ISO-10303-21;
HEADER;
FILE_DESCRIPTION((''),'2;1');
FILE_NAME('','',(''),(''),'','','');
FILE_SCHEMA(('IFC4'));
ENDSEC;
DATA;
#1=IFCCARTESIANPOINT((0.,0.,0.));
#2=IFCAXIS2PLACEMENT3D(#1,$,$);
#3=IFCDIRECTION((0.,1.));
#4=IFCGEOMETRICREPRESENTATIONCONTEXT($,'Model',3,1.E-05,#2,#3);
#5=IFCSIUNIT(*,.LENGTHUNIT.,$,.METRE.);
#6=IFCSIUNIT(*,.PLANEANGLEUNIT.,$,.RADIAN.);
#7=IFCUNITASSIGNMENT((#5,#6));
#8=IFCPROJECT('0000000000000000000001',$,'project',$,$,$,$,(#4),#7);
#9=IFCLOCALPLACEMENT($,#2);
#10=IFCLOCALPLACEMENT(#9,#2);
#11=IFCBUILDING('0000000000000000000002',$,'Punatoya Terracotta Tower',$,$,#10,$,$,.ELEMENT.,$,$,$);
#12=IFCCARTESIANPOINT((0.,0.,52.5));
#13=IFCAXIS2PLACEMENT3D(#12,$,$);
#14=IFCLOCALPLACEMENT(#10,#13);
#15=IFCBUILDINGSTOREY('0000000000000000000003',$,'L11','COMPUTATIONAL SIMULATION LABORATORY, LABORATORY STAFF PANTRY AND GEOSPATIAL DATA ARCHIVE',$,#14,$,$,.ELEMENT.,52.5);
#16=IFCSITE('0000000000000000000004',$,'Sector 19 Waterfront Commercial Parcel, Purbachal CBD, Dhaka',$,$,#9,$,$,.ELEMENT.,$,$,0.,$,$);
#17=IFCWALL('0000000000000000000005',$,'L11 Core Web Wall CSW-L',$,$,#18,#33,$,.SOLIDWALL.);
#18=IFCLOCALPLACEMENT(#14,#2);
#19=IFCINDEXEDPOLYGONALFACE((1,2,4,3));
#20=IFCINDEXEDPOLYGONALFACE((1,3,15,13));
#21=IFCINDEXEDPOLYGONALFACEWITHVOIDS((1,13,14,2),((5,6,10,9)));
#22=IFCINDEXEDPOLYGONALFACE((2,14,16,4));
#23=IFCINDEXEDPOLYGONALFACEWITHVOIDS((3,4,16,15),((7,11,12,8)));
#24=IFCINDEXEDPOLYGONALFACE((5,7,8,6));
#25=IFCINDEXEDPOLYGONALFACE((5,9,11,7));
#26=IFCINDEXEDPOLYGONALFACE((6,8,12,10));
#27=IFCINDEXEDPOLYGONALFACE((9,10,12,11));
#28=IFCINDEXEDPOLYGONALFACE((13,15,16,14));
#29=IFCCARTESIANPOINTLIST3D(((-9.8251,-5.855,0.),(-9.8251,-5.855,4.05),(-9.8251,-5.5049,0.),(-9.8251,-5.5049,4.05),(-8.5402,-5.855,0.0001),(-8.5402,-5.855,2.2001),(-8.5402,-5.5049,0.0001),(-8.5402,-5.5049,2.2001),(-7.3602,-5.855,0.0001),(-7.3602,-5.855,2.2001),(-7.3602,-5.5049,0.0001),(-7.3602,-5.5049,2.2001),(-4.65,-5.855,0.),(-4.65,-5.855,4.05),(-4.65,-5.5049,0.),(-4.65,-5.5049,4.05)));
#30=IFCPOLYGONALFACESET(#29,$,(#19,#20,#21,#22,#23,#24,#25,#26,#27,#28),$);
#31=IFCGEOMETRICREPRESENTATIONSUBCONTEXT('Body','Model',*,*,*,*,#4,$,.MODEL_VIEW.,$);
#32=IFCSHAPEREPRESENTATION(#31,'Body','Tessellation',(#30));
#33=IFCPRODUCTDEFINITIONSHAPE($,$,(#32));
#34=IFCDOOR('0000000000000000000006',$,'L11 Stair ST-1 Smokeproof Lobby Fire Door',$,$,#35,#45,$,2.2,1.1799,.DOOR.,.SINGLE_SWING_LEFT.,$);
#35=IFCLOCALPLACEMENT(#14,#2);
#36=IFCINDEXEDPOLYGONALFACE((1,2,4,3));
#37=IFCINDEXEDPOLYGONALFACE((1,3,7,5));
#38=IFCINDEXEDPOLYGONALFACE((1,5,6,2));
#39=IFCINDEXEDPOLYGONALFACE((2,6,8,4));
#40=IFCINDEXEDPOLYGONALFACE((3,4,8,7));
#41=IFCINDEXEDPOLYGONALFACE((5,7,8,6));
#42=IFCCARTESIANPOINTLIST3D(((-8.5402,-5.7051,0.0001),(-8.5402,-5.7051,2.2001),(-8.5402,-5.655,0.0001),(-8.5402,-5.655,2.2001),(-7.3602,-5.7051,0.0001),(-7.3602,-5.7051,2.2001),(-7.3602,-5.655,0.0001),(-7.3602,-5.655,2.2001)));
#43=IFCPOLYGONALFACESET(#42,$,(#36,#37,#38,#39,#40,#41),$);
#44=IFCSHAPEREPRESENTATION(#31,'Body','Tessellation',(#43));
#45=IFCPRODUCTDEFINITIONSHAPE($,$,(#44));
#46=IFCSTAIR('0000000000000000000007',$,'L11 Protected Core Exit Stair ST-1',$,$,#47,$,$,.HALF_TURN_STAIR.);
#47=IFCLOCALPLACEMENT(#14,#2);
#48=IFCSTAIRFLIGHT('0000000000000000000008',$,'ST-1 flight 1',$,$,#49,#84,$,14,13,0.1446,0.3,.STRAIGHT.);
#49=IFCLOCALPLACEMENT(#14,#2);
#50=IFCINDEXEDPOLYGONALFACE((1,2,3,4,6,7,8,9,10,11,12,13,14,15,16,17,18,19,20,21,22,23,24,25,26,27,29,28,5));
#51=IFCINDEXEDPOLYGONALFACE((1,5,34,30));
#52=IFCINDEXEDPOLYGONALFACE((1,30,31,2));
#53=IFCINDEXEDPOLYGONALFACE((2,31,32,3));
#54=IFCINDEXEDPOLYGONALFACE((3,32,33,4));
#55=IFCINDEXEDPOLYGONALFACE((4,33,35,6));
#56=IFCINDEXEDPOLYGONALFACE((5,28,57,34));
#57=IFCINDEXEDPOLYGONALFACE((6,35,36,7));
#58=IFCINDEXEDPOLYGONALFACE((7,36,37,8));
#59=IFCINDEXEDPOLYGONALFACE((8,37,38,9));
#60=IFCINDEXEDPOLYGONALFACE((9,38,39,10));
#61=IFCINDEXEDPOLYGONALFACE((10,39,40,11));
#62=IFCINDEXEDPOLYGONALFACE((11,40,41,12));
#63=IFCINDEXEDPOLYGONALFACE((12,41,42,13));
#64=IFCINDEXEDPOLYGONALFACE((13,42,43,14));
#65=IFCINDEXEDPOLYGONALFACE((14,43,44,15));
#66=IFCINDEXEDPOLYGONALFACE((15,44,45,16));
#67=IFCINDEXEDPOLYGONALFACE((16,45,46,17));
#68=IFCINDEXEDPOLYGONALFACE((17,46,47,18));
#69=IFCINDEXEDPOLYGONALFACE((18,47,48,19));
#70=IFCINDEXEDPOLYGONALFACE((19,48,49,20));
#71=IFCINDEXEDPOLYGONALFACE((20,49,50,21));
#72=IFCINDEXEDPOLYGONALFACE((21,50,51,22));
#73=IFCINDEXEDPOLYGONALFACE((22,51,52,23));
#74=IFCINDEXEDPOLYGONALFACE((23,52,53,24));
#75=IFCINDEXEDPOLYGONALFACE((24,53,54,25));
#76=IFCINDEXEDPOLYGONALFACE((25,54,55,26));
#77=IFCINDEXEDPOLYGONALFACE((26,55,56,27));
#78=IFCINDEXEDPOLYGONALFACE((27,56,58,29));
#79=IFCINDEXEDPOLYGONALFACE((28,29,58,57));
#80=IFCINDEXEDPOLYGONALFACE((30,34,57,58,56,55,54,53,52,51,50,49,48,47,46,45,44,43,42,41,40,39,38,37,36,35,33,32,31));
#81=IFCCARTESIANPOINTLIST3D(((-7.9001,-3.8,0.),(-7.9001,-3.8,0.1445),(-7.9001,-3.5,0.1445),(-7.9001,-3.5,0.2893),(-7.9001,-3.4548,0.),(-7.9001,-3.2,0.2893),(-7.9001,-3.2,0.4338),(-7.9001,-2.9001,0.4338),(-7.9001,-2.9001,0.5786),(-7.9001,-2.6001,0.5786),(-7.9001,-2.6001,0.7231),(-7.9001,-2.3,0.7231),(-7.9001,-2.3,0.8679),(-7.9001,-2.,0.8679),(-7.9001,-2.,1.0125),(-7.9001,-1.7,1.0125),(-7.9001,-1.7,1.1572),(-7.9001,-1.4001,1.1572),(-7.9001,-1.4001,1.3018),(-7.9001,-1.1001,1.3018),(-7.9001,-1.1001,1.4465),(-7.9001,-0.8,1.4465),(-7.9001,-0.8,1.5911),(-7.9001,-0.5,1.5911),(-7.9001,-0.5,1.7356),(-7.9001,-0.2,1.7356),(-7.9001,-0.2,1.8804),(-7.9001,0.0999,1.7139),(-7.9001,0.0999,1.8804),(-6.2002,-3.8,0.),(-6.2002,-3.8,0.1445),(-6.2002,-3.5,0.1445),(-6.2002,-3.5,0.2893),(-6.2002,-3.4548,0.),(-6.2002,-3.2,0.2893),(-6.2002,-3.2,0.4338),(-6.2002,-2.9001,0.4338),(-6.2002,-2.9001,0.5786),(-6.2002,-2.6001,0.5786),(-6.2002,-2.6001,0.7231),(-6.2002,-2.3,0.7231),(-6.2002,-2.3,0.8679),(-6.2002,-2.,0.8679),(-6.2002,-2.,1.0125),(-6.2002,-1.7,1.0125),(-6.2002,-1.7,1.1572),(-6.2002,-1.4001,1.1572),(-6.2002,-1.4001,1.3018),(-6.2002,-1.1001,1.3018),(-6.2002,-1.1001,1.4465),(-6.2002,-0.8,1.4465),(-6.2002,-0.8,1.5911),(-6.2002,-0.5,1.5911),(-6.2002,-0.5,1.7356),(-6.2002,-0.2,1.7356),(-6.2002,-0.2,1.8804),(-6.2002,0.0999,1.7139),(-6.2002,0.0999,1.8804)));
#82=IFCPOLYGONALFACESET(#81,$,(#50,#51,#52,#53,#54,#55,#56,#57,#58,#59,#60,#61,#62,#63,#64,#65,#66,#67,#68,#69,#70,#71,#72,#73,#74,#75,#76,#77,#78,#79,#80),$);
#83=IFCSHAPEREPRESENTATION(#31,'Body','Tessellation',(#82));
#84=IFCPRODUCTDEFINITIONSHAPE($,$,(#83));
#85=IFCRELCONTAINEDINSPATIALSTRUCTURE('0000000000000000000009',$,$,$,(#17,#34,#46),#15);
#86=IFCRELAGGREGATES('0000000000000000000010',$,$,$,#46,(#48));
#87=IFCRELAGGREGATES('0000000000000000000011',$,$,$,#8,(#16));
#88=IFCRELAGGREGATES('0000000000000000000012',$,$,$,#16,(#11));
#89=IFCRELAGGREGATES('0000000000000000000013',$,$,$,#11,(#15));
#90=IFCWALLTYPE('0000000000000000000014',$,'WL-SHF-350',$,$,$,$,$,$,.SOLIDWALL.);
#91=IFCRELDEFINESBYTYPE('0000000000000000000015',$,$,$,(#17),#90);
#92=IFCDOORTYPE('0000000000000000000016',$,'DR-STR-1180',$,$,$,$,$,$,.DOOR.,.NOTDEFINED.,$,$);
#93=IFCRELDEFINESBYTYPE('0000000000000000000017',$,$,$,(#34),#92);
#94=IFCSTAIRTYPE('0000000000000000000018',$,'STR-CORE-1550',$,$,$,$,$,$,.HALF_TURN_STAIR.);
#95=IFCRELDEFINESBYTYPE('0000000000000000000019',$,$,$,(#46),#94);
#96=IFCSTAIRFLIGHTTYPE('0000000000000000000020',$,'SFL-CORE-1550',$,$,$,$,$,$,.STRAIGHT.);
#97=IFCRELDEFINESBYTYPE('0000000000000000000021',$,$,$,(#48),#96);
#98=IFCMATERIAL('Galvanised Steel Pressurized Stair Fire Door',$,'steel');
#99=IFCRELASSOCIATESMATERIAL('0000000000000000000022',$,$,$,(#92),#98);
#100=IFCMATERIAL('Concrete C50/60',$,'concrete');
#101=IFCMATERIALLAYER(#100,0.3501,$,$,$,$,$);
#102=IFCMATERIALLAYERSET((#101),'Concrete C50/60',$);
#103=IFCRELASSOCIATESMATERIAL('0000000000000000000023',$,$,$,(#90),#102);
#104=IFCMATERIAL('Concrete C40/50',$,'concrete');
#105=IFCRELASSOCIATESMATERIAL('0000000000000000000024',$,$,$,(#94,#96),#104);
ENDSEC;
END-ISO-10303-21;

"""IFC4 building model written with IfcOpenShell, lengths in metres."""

from ifc_helpers import new_model, si_unit, direction, frame, frame_2d, origin, place, context, subcontext, project, spatial, polyline, rectangle, outline, extrude, material, layer, layer_set, type_object, element, fill, aggregate, save


model = new_model("IFC4")

# Units and contexts
model_context = context("Model", 3, precision=1e-05, world=origin(), true_north=direction((0.0, 1.0)))
body_context = subcontext(model_context, "Body", "Model", "MODEL_VIEW")
ifc_project = project(units=[si_unit("LENGTHUNIT", "METRE"), si_unit("PLANEANGLEUNIT", "RADIAN")], contexts=[model_context])

# Site, building, storey
site_placement = place(None, origin())
site = spatial("IfcSite", under=ifc_project, at=site_placement, Name="Sector 19 Waterfront Commercial Parcel, Purbachal CBD, Dhaka", CompositionType="ELEMENT", RefElevation=0.0)
building_placement = place(site_placement, origin())
building = spatial("IfcBuilding", under=site, at=building_placement, Name="Punatoya Terracotta Tower", CompositionType="ELEMENT")
storey_placement = place(building_placement, frame((0.0, 0.0, 52.5)))
storey = spatial("IfcBuildingStorey", under=building, at=storey_placement, Name="L11", Description="COMPUTATIONAL SIMULATION LABORATORY, LABORATORY STAFF PANTRY AND GEOSPATIAL DATA ARCHIVE", CompositionType="ELEMENT", Elevation=52.5)

# Shared definitions
ifc_material_1 = material(Name="Galvanised Steel Pressurized Stair Fire Door", Category="steel")
door_type_1 = type_object("IfcDoorType", Name="DR-STR-1180", OperationType="NOTDEFINED", PredefinedType="DOOR", material=ifc_material_1)

# Shared definitions
ifc_material_2 = material(Name="Concrete C40/50", Category="concrete")

# Wall, opening, door
ifc_material_3 = material(Name="Concrete C50/60", Category="concrete")
ifc_layer_1 = layer(ifc_material_3, 0.3501)
ifc_layer_set_1 = layer_set([ifc_layer_1], Name="Concrete C50/60")
wall_type_1 = type_object("IfcWallType", Name="WL-SHF-350", PredefinedType="SOLIDWALL", material=ifc_layer_set_1)
wall_1_placement = place(storey_placement, frame((-9.825, -5.6799, 0.0), z_axis=(0.0, 0.0, 1.0), x_axis=(1.0, 0.0, 0.0)))
wall_1 = element("IfcWall", 1, at=wall_1_placement, inside=storey, type_object=wall_type_1, Name="L11 Core Web Wall CSW-L", PredefinedType="SOLIDWALL", context=body_context, shape_type="SweptSolid", body=[
    extrude(rectangle(XDim=5.175, YDim=0.3501, at=frame_2d((2.5874, 0.0))), origin(), (0.0, 0.0, 1.0), 4.05),
])
opening_1_placement = place(wall_1_placement, frame((1.2849, 0.0, 0.0)))
opening_1 = element("IfcOpeningElement", 2, at=opening_1_placement, cuts=wall_1, PredefinedType="OPENING", context=body_context, shape_type="SweptSolid", body=[
    extrude(rectangle(XDim=1.1799, YDim=2.2, at=frame_2d((0.5898, 1.1001))), frame((0.0, 0.1851, 0.0), z_axis=(0.0, -1.0, 0.0), x_axis=(1.0, 0.0, 0.0)), (0.0, 0.0, 1.0), 0.3701),
])
door_1_placement = place(opening_1_placement, origin())
door_1 = element("IfcDoor", 3, at=door_1_placement, inside=storey, type_object=door_type_1, Name="L11 Stair ST-1 Smokeproof Lobby Fire Door", OperationType="SINGLE_SWING_LEFT", OverallHeight=2.2, OverallWidth=1.1799, PredefinedType="DOOR", context=body_context, shape_type="SweptSolid", body=[
    extrude(rectangle(XDim=1.1799, YDim=2.2, at=frame_2d((0.5898, 1.1001))), frame((0.0, 0.0249, 0.0), z_axis=(0.0, -1.0, 0.0), x_axis=(1.0, 0.0, 0.0)), (0.0, 0.0, 1.0), 0.05),
])
fill(opening_1, door_1)

# Stair, stair flight
stair_type = type_object("IfcStairType", Name="STR-CORE-1550", PredefinedType="HALF_TURN_STAIR", material=ifc_material_2)
stair_placement = place(storey_placement, origin())
stair = element("IfcStair", 4, at=stair_placement, inside=storey, type_object=stair_type, Name="L11 Protected Core Exit Stair ST-1", PredefinedType="HALF_TURN_STAIR")
stair_flight_type = type_object("IfcStairFlightType", Name="SFL-CORE-1550", PredefinedType="STRAIGHT", material=ifc_material_2)
stair_flight_placement = place(storey_placement, frame((-7.05, -3.8, 0.0), z_axis=(0.0, 0.0, 1.0), x_axis=(0.0, 1.0, 0.0)))
stair_flight = element("IfcStairFlight", 5, at=stair_flight_placement, type_object=stair_flight_type, Name="ST-1 flight 1", NumberOfRisers=14, NumberOfTreads=13, PredefinedType="STRAIGHT", RiserHeight=0.1446, TreadLength=0.3, context=body_context, shape_type="SweptSolid", body=[
    extrude(outline(polyline([(0.0, 0.0), (0.0, 0.1445), (0.3, 0.1445), (0.3, 0.2893), (0.6001, 0.2893), (0.6001, 0.4338), (0.8999, 0.4338), (0.8999, 0.5786), (1.2, 0.5786), (1.2, 0.7231), (1.5, 0.7231), (1.5, 0.8679), (1.8, 0.8679), (1.8, 1.0125), (2.1001, 1.0125), (2.1001, 1.1572), (2.3999, 1.1572), (2.3999, 1.3018), (2.7, 1.3018), (2.7, 1.4465), (3.0, 1.4465), (3.0, 1.5911), (3.3, 1.5911), (3.3, 1.7356), (3.6001, 1.7356), (3.6001, 1.8804), (3.8999, 1.8804), (3.8999, 2.0249), (3.8999, 1.7139), (0.3452, 0.0), (0.0, 0.0)])), frame((0.0, 0.8501, 0.0), z_axis=(0.0, -1.0, 0.0), x_axis=(1.0, 0.0, 0.0)), (0.0, 0.0, 1.0), 1.7),
])
aggregate(stair, [stair_flight])

save(model, "model.ifc")
